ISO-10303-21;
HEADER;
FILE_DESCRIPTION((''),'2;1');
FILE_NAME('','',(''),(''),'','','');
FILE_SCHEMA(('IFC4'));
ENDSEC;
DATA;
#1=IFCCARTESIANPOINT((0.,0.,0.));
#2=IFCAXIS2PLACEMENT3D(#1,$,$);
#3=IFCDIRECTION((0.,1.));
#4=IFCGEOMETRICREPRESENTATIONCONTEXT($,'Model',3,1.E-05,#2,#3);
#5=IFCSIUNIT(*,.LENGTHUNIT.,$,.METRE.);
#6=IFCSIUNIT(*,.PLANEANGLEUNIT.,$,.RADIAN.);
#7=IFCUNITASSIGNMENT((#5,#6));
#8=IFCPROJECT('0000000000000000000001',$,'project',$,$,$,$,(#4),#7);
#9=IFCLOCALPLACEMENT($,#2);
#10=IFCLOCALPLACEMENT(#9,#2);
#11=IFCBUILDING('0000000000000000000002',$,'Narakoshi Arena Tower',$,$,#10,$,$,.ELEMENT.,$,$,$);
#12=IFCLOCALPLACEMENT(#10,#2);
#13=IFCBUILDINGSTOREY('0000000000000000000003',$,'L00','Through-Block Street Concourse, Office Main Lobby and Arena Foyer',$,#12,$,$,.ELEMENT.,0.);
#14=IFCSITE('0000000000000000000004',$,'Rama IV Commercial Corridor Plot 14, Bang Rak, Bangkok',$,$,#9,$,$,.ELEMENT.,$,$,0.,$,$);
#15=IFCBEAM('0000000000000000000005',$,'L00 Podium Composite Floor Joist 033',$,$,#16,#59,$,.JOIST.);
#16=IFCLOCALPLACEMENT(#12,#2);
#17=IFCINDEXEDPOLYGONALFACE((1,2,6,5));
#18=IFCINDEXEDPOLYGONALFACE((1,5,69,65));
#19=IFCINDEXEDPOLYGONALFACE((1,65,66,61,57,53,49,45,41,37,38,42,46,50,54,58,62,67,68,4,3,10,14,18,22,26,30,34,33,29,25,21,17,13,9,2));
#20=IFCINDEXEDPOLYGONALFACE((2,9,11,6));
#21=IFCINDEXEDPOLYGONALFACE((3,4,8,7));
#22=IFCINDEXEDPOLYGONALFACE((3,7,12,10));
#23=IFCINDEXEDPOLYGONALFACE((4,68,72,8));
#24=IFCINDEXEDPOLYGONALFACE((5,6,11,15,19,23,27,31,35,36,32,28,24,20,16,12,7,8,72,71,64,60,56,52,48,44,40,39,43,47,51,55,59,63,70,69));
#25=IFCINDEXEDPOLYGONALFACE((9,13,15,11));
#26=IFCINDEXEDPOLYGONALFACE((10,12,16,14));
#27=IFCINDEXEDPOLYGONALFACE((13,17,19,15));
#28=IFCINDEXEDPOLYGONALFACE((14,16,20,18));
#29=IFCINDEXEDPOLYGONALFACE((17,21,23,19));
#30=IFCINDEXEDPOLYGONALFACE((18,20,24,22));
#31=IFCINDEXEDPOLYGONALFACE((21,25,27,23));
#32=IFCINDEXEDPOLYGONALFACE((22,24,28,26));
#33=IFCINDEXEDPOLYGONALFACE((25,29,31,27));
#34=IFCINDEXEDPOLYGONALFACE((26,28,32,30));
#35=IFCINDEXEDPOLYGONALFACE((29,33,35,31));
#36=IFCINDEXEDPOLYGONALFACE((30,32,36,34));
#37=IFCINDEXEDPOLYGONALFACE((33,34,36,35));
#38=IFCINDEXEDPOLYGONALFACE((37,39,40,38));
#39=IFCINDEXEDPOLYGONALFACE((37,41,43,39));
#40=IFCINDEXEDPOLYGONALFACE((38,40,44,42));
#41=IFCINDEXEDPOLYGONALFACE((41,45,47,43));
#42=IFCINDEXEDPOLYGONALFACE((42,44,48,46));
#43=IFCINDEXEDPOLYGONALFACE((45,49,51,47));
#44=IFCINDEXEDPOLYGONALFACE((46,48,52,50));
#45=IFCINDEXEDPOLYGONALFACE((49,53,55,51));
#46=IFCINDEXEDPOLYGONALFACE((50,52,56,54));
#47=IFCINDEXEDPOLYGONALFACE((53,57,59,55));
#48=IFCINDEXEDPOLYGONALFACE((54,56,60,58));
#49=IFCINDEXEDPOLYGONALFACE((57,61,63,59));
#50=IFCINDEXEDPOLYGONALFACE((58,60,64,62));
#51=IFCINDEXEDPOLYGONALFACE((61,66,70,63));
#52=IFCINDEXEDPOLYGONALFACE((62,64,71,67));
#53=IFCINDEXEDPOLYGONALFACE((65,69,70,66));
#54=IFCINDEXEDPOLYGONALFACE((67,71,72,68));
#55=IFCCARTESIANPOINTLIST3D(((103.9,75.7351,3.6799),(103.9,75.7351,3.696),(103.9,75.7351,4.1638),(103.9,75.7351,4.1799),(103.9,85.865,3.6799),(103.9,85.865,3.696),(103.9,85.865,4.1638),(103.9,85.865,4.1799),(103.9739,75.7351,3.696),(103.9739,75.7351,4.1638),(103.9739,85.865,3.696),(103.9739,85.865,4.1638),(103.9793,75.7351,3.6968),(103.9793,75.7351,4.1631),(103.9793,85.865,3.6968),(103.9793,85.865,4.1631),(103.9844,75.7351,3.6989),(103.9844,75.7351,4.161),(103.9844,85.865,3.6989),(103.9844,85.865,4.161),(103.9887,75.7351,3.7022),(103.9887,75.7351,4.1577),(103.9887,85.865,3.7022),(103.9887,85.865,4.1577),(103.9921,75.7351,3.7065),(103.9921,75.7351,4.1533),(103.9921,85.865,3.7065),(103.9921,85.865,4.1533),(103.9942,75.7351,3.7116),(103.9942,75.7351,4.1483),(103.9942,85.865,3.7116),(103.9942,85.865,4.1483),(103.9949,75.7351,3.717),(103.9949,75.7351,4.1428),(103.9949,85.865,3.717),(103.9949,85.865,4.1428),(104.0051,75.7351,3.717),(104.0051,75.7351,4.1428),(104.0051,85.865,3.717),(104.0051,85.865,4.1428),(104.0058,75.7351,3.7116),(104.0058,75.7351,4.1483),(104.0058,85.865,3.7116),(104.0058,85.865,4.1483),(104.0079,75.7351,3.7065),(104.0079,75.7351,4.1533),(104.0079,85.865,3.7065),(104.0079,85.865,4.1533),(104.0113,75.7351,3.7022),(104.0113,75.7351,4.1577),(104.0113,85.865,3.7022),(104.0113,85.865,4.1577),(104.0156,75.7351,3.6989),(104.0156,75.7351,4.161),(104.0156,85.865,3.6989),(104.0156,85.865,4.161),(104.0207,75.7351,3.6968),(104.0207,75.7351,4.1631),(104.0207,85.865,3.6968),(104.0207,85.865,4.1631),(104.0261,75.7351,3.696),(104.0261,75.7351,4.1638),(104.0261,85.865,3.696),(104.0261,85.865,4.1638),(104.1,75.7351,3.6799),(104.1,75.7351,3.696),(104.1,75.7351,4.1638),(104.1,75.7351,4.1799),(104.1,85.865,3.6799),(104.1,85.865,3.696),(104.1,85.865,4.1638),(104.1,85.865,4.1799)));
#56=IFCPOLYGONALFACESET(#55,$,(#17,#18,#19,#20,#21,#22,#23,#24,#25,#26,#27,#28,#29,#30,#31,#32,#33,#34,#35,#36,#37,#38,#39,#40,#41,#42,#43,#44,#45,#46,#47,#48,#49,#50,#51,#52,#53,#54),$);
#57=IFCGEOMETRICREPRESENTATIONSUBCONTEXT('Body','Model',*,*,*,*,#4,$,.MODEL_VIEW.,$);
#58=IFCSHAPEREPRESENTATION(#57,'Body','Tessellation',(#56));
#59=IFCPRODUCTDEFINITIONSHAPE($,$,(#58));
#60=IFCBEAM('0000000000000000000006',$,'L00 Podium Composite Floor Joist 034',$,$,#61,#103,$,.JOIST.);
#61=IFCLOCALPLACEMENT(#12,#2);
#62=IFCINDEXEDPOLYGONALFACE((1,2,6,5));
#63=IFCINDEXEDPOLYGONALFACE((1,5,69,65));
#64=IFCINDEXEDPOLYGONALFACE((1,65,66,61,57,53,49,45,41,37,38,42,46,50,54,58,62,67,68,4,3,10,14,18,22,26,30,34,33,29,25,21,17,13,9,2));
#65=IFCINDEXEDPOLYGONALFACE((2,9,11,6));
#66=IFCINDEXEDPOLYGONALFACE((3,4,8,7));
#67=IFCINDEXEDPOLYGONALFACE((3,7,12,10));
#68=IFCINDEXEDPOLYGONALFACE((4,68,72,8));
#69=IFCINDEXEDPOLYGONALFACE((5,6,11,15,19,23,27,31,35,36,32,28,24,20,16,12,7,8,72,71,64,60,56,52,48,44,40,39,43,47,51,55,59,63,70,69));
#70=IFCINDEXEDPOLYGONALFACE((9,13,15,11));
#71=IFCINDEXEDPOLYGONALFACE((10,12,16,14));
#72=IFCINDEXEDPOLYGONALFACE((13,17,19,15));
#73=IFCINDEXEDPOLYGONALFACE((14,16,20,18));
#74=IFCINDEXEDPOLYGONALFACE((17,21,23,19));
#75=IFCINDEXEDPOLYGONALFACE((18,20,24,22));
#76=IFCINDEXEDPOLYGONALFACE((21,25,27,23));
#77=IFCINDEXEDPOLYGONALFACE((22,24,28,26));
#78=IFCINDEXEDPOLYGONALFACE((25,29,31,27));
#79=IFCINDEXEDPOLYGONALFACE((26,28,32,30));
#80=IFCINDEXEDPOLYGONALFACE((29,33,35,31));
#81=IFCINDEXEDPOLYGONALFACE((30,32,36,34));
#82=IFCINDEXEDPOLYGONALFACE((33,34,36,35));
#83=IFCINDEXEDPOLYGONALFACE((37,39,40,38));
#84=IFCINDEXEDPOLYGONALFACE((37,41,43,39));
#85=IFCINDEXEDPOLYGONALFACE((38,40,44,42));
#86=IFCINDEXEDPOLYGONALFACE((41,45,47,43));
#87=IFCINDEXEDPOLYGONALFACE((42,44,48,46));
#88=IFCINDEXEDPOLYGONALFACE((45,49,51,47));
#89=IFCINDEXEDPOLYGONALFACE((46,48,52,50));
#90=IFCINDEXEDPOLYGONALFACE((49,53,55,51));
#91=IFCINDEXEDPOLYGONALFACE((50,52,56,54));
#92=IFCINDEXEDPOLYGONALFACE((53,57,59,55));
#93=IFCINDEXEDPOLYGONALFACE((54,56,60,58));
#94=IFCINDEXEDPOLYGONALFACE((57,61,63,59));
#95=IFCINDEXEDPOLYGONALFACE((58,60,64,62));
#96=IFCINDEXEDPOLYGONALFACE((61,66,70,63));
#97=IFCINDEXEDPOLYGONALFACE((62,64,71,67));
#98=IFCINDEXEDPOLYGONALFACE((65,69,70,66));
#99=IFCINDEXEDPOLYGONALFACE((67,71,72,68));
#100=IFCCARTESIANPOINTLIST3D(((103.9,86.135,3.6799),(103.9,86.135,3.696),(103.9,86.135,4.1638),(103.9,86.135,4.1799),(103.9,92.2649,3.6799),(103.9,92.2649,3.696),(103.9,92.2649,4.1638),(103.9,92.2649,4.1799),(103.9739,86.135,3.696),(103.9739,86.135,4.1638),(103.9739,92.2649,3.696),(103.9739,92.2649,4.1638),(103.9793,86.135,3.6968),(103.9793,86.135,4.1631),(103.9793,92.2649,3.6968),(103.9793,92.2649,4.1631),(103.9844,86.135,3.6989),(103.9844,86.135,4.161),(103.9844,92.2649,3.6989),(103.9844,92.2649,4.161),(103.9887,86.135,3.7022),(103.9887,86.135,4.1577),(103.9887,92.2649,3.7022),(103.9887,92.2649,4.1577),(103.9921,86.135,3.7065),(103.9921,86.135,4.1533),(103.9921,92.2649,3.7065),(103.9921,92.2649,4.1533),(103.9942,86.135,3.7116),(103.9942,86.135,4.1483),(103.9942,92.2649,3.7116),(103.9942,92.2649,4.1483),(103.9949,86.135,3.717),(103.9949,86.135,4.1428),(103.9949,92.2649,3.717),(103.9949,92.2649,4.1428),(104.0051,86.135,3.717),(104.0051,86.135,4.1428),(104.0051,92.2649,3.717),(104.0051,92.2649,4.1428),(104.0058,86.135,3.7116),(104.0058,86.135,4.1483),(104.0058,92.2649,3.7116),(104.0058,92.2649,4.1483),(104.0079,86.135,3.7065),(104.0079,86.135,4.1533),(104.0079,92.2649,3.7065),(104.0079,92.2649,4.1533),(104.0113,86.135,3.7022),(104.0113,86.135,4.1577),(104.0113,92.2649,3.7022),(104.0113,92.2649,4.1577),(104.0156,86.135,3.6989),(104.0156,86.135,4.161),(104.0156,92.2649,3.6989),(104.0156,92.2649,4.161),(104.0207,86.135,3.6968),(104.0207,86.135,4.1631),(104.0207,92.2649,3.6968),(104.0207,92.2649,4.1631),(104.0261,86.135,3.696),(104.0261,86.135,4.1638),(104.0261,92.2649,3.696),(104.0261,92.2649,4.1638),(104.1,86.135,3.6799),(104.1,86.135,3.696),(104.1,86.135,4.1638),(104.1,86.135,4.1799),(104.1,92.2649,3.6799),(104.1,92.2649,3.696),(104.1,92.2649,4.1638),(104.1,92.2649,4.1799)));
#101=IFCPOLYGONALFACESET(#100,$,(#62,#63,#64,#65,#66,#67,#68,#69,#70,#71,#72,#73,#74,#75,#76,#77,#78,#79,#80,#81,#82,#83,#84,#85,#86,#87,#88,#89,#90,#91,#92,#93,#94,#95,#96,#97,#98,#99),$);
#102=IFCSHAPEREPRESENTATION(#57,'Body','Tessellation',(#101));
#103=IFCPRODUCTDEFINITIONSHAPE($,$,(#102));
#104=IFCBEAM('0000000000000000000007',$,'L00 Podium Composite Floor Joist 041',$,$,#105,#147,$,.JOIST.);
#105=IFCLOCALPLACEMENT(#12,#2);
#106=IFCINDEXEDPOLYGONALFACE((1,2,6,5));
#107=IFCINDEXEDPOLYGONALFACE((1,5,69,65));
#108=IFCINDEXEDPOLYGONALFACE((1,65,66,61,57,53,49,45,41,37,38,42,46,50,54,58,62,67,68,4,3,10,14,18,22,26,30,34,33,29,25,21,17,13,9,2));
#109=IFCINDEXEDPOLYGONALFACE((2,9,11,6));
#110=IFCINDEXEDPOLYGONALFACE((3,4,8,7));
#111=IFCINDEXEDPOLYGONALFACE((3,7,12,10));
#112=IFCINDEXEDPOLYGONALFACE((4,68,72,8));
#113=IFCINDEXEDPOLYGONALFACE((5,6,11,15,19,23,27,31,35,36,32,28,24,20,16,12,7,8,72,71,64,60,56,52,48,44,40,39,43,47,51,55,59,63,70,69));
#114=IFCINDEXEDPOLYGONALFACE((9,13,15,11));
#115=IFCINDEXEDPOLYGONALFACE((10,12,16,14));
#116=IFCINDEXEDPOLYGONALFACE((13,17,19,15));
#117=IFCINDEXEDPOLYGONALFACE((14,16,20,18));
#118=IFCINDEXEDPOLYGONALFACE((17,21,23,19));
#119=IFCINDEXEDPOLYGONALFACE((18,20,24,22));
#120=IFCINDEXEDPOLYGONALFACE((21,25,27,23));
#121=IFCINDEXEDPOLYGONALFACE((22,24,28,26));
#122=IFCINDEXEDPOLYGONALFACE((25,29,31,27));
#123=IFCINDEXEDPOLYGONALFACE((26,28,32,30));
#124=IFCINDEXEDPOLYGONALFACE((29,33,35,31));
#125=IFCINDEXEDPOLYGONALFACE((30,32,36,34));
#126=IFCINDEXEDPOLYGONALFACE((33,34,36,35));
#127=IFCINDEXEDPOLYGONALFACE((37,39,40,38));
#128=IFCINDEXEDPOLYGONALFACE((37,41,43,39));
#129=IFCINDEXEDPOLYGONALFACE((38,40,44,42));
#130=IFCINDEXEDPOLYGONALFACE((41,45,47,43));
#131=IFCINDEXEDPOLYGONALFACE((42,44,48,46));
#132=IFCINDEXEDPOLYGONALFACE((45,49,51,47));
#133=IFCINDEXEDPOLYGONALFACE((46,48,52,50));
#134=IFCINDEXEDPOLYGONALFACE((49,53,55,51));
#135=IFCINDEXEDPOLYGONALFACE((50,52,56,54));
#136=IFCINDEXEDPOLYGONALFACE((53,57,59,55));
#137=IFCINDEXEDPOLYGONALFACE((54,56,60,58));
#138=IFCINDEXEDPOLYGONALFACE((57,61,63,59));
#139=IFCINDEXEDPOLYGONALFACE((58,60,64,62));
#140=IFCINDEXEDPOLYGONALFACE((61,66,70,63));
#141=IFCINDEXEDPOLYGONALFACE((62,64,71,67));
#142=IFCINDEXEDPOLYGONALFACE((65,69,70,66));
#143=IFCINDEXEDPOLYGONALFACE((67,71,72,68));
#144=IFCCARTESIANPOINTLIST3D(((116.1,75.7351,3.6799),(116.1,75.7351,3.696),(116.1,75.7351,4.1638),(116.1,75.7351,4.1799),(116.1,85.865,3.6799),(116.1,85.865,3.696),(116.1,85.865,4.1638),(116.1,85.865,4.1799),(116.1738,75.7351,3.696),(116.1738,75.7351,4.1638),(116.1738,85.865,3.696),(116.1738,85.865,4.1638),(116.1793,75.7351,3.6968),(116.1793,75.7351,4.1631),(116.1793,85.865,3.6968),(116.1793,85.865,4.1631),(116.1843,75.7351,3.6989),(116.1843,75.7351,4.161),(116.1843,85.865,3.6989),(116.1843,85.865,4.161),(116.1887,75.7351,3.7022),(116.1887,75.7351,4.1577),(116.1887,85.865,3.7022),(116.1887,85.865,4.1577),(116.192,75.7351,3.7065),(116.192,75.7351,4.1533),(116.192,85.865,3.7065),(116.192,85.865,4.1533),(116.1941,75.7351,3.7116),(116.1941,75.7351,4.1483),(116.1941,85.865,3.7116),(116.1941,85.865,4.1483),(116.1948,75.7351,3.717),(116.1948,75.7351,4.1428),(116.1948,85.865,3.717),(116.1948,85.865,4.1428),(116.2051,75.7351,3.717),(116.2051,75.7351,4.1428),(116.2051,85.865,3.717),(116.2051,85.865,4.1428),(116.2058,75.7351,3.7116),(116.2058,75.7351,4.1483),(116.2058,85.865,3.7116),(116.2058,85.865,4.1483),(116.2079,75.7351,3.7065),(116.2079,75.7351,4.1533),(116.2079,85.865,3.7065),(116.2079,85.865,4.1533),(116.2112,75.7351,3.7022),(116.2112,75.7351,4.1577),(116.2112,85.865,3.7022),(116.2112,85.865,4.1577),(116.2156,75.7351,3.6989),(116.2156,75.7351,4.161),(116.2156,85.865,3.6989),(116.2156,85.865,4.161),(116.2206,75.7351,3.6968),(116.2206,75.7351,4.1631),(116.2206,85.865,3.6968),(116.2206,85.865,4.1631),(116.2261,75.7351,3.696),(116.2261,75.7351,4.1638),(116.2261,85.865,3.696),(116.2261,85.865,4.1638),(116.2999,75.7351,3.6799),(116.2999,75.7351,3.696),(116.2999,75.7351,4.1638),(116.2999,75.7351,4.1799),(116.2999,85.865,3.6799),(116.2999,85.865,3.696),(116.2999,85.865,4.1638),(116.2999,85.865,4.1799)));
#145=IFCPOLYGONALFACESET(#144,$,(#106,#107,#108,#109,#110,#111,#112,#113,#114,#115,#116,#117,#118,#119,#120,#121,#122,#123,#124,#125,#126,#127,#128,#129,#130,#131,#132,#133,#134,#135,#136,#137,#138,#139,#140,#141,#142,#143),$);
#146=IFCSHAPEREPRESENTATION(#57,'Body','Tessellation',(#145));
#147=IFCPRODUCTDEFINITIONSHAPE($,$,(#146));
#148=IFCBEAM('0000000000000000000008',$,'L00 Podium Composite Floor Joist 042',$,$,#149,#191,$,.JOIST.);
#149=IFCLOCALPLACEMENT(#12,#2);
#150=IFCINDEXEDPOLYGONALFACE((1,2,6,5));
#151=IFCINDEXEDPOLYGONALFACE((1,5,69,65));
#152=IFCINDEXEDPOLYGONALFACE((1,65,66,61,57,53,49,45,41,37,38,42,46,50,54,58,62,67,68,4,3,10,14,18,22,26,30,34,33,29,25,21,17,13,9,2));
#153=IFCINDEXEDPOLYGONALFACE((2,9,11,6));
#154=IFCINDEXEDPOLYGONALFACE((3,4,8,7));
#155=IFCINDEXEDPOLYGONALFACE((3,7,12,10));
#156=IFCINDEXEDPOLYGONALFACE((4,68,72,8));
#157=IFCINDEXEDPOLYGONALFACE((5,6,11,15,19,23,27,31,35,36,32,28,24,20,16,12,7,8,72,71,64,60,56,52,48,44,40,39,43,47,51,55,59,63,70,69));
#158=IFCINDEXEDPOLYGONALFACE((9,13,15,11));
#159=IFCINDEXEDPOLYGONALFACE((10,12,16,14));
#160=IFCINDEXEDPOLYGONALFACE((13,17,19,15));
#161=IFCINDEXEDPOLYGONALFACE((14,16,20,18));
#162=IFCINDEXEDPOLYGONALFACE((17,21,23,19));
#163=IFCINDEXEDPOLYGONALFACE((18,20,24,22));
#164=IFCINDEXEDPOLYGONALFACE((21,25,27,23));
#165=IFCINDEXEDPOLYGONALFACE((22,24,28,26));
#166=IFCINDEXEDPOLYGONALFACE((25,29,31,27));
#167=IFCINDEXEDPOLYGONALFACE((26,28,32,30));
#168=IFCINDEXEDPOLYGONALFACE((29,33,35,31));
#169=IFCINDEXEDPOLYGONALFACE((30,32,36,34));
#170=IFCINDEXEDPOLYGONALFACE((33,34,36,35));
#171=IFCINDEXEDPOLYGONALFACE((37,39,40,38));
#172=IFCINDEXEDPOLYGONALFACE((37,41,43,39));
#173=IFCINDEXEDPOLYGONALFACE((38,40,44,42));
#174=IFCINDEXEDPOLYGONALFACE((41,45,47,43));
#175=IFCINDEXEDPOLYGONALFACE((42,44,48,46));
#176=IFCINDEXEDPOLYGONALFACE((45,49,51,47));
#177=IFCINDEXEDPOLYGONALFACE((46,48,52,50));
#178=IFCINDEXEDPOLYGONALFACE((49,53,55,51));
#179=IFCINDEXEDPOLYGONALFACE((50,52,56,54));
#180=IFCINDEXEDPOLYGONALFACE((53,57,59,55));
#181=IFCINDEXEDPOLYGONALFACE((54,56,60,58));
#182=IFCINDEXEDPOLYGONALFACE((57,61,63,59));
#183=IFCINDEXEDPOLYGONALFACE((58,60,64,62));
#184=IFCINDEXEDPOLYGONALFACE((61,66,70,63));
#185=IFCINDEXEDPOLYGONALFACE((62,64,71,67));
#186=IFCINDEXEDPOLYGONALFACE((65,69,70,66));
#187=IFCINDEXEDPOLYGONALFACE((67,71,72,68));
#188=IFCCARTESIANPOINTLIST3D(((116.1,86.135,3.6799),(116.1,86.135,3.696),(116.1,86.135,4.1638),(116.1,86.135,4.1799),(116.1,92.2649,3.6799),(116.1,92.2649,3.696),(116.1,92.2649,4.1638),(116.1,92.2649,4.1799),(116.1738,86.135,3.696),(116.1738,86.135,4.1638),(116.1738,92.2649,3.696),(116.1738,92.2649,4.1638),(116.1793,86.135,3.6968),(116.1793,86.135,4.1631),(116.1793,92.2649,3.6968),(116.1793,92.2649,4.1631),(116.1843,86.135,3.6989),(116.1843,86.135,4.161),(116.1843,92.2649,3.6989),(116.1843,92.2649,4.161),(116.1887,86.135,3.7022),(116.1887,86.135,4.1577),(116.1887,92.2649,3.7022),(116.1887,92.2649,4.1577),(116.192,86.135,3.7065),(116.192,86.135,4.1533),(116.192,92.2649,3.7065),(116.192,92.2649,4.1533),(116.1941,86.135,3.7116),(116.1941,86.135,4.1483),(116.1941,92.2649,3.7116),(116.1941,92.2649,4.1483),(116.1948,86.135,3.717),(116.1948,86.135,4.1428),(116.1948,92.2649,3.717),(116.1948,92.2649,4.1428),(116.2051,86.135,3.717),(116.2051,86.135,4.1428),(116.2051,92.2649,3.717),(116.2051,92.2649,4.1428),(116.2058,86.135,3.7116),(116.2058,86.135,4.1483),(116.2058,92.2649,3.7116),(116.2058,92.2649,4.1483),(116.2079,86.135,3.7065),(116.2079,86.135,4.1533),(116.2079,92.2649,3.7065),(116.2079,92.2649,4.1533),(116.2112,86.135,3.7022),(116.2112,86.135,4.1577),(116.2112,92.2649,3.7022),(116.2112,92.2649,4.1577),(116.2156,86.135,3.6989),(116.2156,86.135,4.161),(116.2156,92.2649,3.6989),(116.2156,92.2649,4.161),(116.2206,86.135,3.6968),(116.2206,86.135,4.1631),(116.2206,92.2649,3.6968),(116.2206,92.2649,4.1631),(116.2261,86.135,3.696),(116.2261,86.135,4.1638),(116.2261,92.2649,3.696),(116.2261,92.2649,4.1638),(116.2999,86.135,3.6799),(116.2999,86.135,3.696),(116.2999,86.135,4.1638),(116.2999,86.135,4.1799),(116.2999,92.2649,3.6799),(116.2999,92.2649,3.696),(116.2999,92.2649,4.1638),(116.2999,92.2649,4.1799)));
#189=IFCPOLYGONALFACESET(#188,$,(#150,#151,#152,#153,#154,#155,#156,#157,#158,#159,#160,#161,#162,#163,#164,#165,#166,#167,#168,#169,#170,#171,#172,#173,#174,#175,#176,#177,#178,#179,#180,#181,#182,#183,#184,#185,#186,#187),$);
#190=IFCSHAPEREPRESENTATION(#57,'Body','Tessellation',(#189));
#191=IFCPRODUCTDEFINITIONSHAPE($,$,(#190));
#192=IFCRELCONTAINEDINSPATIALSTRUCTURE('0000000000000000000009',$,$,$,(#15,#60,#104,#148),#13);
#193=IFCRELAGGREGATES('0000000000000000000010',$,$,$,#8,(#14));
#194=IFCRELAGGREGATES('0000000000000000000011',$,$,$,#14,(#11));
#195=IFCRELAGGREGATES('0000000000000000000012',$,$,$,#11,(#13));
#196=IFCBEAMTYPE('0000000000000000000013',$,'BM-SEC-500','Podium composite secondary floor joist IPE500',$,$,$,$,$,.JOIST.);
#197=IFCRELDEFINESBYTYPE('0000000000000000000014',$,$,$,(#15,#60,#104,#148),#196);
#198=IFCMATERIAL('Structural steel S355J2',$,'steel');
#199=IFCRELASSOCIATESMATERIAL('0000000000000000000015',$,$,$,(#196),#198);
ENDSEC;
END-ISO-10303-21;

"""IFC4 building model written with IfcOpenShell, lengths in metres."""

from ifc_helpers import new_model, si_unit, direction, frame, origin, origin_2d, place, context, subcontext, project, spatial, i_section, extrude, material, material_profile, profile_set, type_object, element, save


model = new_model("IFC4")

# Units and contexts
model_context = context("Model", 3, precision=1e-05, world=origin(), true_north=direction((0.0, 1.0)))
body_context = subcontext(model_context, "Body", "Model", "MODEL_VIEW")
ifc_project = project(units=[si_unit("LENGTHUNIT", "METRE"), si_unit("PLANEANGLEUNIT", "RADIAN")], contexts=[model_context])

# Site, building, storey
site_placement = place(None, origin())
site = spatial("IfcSite", under=ifc_project, at=site_placement, Name="Rama IV Commercial Corridor Plot 14, Bang Rak, Bangkok", CompositionType="ELEMENT", RefElevation=0.0)
building_placement = place(site_placement, origin())
building = spatial("IfcBuilding", under=site, at=building_placement, Name="Narakoshi Arena Tower", CompositionType="ELEMENT")
storey_placement = place(building_placement, origin())
storey = spatial("IfcBuildingStorey", under=building, at=storey_placement, Name="L00", Description="Through-Block Street Concourse, Office Main Lobby and Arena Foyer", CompositionType="ELEMENT", Elevation=0.0)

# Beams
ifc_material_1 = material(Name="Structural steel S355J2", Category="steel")
ifc_material_profile_1 = material_profile(ifc_material_1, i_section(OverallWidth=0.2, OverallDepth=0.5, WebThickness=0.0103, FlangeThickness=0.0161, FilletRadius=0.021, at=origin_2d()), Name="IPE500")
ifc_profile_set_1 = profile_set([ifc_material_profile_1], Name="Structural steel S355J2")
beam_type_1 = type_object("IfcBeamType", Name="BM-SEC-500", Description="Podium composite secondary floor joist IPE500", PredefinedType="JOIST", material=ifc_profile_set_1)
beam_1_placement = place(storey_placement, frame((104.0, 75.7351, 3.9299), z_axis=(0.0, 1.0, 0.0), x_axis=(-1.0, 0.0, 0.0)))
element("IfcBeam", 1, at=beam_1_placement, inside=storey, type_object=beam_type_1, Name="L00 Podium Composite Floor Joist 033", PredefinedType="JOIST", context=body_context, shape_type="SweptSolid", body=[
    extrude(i_section(OverallWidth=0.2, OverallDepth=0.5, WebThickness=0.0103, FlangeThickness=0.0161, FilletRadius=0.021, at=origin_2d()), origin(), (0.0, 0.0, 1.0), 10.1299),
])
beam_2_placement = place(storey_placement, frame((104.0, 86.135, 3.9299), z_axis=(0.0, 1.0, 0.0), x_axis=(-1.0, 0.0, 0.0)))
element("IfcBeam", 2, at=beam_2_placement, inside=storey, type_object=beam_type_1, Name="L00 Podium Composite Floor Joist 034", PredefinedType="JOIST", context=body_context, shape_type="SweptSolid", body=[
    extrude(i_section(OverallWidth=0.2, OverallDepth=0.5, WebThickness=0.0103, FlangeThickness=0.0161, FilletRadius=0.021, at=origin_2d()), origin(), (0.0, 0.0, 1.0), 6.1299),
])
beam_3_placement = place(storey_placement, frame((116.2, 75.7351, 3.9299), z_axis=(0.0, 1.0, 0.0), x_axis=(-1.0, 0.0, 0.0)))
element("IfcBeam", 3, at=beam_3_placement, inside=storey, type_object=beam_type_1, Name="L00 Podium Composite Floor Joist 041", PredefinedType="JOIST", context=body_context, shape_type="SweptSolid", body=[
    extrude(i_section(OverallWidth=0.2, OverallDepth=0.5, WebThickness=0.0103, FlangeThickness=0.0161, FilletRadius=0.021, at=origin_2d()), origin(), (0.0, 0.0, 1.0), 10.1299),
])
beam_4_placement = place(storey_placement, frame((116.2, 86.135, 3.9299), z_axis=(0.0, 1.0, 0.0), x_axis=(-1.0, 0.0, 0.0)))
element("IfcBeam", 4, at=beam_4_placement, inside=storey, type_object=beam_type_1, Name="L00 Podium Composite Floor Joist 042", PredefinedType="JOIST", context=body_context, shape_type="SweptSolid", body=[
    extrude(i_section(OverallWidth=0.2, OverallDepth=0.5, WebThickness=0.0103, FlangeThickness=0.0161, FilletRadius=0.021, at=origin_2d()), origin(), (0.0, 0.0, 1.0), 6.1299),
])

save(model, "model.ifc")
